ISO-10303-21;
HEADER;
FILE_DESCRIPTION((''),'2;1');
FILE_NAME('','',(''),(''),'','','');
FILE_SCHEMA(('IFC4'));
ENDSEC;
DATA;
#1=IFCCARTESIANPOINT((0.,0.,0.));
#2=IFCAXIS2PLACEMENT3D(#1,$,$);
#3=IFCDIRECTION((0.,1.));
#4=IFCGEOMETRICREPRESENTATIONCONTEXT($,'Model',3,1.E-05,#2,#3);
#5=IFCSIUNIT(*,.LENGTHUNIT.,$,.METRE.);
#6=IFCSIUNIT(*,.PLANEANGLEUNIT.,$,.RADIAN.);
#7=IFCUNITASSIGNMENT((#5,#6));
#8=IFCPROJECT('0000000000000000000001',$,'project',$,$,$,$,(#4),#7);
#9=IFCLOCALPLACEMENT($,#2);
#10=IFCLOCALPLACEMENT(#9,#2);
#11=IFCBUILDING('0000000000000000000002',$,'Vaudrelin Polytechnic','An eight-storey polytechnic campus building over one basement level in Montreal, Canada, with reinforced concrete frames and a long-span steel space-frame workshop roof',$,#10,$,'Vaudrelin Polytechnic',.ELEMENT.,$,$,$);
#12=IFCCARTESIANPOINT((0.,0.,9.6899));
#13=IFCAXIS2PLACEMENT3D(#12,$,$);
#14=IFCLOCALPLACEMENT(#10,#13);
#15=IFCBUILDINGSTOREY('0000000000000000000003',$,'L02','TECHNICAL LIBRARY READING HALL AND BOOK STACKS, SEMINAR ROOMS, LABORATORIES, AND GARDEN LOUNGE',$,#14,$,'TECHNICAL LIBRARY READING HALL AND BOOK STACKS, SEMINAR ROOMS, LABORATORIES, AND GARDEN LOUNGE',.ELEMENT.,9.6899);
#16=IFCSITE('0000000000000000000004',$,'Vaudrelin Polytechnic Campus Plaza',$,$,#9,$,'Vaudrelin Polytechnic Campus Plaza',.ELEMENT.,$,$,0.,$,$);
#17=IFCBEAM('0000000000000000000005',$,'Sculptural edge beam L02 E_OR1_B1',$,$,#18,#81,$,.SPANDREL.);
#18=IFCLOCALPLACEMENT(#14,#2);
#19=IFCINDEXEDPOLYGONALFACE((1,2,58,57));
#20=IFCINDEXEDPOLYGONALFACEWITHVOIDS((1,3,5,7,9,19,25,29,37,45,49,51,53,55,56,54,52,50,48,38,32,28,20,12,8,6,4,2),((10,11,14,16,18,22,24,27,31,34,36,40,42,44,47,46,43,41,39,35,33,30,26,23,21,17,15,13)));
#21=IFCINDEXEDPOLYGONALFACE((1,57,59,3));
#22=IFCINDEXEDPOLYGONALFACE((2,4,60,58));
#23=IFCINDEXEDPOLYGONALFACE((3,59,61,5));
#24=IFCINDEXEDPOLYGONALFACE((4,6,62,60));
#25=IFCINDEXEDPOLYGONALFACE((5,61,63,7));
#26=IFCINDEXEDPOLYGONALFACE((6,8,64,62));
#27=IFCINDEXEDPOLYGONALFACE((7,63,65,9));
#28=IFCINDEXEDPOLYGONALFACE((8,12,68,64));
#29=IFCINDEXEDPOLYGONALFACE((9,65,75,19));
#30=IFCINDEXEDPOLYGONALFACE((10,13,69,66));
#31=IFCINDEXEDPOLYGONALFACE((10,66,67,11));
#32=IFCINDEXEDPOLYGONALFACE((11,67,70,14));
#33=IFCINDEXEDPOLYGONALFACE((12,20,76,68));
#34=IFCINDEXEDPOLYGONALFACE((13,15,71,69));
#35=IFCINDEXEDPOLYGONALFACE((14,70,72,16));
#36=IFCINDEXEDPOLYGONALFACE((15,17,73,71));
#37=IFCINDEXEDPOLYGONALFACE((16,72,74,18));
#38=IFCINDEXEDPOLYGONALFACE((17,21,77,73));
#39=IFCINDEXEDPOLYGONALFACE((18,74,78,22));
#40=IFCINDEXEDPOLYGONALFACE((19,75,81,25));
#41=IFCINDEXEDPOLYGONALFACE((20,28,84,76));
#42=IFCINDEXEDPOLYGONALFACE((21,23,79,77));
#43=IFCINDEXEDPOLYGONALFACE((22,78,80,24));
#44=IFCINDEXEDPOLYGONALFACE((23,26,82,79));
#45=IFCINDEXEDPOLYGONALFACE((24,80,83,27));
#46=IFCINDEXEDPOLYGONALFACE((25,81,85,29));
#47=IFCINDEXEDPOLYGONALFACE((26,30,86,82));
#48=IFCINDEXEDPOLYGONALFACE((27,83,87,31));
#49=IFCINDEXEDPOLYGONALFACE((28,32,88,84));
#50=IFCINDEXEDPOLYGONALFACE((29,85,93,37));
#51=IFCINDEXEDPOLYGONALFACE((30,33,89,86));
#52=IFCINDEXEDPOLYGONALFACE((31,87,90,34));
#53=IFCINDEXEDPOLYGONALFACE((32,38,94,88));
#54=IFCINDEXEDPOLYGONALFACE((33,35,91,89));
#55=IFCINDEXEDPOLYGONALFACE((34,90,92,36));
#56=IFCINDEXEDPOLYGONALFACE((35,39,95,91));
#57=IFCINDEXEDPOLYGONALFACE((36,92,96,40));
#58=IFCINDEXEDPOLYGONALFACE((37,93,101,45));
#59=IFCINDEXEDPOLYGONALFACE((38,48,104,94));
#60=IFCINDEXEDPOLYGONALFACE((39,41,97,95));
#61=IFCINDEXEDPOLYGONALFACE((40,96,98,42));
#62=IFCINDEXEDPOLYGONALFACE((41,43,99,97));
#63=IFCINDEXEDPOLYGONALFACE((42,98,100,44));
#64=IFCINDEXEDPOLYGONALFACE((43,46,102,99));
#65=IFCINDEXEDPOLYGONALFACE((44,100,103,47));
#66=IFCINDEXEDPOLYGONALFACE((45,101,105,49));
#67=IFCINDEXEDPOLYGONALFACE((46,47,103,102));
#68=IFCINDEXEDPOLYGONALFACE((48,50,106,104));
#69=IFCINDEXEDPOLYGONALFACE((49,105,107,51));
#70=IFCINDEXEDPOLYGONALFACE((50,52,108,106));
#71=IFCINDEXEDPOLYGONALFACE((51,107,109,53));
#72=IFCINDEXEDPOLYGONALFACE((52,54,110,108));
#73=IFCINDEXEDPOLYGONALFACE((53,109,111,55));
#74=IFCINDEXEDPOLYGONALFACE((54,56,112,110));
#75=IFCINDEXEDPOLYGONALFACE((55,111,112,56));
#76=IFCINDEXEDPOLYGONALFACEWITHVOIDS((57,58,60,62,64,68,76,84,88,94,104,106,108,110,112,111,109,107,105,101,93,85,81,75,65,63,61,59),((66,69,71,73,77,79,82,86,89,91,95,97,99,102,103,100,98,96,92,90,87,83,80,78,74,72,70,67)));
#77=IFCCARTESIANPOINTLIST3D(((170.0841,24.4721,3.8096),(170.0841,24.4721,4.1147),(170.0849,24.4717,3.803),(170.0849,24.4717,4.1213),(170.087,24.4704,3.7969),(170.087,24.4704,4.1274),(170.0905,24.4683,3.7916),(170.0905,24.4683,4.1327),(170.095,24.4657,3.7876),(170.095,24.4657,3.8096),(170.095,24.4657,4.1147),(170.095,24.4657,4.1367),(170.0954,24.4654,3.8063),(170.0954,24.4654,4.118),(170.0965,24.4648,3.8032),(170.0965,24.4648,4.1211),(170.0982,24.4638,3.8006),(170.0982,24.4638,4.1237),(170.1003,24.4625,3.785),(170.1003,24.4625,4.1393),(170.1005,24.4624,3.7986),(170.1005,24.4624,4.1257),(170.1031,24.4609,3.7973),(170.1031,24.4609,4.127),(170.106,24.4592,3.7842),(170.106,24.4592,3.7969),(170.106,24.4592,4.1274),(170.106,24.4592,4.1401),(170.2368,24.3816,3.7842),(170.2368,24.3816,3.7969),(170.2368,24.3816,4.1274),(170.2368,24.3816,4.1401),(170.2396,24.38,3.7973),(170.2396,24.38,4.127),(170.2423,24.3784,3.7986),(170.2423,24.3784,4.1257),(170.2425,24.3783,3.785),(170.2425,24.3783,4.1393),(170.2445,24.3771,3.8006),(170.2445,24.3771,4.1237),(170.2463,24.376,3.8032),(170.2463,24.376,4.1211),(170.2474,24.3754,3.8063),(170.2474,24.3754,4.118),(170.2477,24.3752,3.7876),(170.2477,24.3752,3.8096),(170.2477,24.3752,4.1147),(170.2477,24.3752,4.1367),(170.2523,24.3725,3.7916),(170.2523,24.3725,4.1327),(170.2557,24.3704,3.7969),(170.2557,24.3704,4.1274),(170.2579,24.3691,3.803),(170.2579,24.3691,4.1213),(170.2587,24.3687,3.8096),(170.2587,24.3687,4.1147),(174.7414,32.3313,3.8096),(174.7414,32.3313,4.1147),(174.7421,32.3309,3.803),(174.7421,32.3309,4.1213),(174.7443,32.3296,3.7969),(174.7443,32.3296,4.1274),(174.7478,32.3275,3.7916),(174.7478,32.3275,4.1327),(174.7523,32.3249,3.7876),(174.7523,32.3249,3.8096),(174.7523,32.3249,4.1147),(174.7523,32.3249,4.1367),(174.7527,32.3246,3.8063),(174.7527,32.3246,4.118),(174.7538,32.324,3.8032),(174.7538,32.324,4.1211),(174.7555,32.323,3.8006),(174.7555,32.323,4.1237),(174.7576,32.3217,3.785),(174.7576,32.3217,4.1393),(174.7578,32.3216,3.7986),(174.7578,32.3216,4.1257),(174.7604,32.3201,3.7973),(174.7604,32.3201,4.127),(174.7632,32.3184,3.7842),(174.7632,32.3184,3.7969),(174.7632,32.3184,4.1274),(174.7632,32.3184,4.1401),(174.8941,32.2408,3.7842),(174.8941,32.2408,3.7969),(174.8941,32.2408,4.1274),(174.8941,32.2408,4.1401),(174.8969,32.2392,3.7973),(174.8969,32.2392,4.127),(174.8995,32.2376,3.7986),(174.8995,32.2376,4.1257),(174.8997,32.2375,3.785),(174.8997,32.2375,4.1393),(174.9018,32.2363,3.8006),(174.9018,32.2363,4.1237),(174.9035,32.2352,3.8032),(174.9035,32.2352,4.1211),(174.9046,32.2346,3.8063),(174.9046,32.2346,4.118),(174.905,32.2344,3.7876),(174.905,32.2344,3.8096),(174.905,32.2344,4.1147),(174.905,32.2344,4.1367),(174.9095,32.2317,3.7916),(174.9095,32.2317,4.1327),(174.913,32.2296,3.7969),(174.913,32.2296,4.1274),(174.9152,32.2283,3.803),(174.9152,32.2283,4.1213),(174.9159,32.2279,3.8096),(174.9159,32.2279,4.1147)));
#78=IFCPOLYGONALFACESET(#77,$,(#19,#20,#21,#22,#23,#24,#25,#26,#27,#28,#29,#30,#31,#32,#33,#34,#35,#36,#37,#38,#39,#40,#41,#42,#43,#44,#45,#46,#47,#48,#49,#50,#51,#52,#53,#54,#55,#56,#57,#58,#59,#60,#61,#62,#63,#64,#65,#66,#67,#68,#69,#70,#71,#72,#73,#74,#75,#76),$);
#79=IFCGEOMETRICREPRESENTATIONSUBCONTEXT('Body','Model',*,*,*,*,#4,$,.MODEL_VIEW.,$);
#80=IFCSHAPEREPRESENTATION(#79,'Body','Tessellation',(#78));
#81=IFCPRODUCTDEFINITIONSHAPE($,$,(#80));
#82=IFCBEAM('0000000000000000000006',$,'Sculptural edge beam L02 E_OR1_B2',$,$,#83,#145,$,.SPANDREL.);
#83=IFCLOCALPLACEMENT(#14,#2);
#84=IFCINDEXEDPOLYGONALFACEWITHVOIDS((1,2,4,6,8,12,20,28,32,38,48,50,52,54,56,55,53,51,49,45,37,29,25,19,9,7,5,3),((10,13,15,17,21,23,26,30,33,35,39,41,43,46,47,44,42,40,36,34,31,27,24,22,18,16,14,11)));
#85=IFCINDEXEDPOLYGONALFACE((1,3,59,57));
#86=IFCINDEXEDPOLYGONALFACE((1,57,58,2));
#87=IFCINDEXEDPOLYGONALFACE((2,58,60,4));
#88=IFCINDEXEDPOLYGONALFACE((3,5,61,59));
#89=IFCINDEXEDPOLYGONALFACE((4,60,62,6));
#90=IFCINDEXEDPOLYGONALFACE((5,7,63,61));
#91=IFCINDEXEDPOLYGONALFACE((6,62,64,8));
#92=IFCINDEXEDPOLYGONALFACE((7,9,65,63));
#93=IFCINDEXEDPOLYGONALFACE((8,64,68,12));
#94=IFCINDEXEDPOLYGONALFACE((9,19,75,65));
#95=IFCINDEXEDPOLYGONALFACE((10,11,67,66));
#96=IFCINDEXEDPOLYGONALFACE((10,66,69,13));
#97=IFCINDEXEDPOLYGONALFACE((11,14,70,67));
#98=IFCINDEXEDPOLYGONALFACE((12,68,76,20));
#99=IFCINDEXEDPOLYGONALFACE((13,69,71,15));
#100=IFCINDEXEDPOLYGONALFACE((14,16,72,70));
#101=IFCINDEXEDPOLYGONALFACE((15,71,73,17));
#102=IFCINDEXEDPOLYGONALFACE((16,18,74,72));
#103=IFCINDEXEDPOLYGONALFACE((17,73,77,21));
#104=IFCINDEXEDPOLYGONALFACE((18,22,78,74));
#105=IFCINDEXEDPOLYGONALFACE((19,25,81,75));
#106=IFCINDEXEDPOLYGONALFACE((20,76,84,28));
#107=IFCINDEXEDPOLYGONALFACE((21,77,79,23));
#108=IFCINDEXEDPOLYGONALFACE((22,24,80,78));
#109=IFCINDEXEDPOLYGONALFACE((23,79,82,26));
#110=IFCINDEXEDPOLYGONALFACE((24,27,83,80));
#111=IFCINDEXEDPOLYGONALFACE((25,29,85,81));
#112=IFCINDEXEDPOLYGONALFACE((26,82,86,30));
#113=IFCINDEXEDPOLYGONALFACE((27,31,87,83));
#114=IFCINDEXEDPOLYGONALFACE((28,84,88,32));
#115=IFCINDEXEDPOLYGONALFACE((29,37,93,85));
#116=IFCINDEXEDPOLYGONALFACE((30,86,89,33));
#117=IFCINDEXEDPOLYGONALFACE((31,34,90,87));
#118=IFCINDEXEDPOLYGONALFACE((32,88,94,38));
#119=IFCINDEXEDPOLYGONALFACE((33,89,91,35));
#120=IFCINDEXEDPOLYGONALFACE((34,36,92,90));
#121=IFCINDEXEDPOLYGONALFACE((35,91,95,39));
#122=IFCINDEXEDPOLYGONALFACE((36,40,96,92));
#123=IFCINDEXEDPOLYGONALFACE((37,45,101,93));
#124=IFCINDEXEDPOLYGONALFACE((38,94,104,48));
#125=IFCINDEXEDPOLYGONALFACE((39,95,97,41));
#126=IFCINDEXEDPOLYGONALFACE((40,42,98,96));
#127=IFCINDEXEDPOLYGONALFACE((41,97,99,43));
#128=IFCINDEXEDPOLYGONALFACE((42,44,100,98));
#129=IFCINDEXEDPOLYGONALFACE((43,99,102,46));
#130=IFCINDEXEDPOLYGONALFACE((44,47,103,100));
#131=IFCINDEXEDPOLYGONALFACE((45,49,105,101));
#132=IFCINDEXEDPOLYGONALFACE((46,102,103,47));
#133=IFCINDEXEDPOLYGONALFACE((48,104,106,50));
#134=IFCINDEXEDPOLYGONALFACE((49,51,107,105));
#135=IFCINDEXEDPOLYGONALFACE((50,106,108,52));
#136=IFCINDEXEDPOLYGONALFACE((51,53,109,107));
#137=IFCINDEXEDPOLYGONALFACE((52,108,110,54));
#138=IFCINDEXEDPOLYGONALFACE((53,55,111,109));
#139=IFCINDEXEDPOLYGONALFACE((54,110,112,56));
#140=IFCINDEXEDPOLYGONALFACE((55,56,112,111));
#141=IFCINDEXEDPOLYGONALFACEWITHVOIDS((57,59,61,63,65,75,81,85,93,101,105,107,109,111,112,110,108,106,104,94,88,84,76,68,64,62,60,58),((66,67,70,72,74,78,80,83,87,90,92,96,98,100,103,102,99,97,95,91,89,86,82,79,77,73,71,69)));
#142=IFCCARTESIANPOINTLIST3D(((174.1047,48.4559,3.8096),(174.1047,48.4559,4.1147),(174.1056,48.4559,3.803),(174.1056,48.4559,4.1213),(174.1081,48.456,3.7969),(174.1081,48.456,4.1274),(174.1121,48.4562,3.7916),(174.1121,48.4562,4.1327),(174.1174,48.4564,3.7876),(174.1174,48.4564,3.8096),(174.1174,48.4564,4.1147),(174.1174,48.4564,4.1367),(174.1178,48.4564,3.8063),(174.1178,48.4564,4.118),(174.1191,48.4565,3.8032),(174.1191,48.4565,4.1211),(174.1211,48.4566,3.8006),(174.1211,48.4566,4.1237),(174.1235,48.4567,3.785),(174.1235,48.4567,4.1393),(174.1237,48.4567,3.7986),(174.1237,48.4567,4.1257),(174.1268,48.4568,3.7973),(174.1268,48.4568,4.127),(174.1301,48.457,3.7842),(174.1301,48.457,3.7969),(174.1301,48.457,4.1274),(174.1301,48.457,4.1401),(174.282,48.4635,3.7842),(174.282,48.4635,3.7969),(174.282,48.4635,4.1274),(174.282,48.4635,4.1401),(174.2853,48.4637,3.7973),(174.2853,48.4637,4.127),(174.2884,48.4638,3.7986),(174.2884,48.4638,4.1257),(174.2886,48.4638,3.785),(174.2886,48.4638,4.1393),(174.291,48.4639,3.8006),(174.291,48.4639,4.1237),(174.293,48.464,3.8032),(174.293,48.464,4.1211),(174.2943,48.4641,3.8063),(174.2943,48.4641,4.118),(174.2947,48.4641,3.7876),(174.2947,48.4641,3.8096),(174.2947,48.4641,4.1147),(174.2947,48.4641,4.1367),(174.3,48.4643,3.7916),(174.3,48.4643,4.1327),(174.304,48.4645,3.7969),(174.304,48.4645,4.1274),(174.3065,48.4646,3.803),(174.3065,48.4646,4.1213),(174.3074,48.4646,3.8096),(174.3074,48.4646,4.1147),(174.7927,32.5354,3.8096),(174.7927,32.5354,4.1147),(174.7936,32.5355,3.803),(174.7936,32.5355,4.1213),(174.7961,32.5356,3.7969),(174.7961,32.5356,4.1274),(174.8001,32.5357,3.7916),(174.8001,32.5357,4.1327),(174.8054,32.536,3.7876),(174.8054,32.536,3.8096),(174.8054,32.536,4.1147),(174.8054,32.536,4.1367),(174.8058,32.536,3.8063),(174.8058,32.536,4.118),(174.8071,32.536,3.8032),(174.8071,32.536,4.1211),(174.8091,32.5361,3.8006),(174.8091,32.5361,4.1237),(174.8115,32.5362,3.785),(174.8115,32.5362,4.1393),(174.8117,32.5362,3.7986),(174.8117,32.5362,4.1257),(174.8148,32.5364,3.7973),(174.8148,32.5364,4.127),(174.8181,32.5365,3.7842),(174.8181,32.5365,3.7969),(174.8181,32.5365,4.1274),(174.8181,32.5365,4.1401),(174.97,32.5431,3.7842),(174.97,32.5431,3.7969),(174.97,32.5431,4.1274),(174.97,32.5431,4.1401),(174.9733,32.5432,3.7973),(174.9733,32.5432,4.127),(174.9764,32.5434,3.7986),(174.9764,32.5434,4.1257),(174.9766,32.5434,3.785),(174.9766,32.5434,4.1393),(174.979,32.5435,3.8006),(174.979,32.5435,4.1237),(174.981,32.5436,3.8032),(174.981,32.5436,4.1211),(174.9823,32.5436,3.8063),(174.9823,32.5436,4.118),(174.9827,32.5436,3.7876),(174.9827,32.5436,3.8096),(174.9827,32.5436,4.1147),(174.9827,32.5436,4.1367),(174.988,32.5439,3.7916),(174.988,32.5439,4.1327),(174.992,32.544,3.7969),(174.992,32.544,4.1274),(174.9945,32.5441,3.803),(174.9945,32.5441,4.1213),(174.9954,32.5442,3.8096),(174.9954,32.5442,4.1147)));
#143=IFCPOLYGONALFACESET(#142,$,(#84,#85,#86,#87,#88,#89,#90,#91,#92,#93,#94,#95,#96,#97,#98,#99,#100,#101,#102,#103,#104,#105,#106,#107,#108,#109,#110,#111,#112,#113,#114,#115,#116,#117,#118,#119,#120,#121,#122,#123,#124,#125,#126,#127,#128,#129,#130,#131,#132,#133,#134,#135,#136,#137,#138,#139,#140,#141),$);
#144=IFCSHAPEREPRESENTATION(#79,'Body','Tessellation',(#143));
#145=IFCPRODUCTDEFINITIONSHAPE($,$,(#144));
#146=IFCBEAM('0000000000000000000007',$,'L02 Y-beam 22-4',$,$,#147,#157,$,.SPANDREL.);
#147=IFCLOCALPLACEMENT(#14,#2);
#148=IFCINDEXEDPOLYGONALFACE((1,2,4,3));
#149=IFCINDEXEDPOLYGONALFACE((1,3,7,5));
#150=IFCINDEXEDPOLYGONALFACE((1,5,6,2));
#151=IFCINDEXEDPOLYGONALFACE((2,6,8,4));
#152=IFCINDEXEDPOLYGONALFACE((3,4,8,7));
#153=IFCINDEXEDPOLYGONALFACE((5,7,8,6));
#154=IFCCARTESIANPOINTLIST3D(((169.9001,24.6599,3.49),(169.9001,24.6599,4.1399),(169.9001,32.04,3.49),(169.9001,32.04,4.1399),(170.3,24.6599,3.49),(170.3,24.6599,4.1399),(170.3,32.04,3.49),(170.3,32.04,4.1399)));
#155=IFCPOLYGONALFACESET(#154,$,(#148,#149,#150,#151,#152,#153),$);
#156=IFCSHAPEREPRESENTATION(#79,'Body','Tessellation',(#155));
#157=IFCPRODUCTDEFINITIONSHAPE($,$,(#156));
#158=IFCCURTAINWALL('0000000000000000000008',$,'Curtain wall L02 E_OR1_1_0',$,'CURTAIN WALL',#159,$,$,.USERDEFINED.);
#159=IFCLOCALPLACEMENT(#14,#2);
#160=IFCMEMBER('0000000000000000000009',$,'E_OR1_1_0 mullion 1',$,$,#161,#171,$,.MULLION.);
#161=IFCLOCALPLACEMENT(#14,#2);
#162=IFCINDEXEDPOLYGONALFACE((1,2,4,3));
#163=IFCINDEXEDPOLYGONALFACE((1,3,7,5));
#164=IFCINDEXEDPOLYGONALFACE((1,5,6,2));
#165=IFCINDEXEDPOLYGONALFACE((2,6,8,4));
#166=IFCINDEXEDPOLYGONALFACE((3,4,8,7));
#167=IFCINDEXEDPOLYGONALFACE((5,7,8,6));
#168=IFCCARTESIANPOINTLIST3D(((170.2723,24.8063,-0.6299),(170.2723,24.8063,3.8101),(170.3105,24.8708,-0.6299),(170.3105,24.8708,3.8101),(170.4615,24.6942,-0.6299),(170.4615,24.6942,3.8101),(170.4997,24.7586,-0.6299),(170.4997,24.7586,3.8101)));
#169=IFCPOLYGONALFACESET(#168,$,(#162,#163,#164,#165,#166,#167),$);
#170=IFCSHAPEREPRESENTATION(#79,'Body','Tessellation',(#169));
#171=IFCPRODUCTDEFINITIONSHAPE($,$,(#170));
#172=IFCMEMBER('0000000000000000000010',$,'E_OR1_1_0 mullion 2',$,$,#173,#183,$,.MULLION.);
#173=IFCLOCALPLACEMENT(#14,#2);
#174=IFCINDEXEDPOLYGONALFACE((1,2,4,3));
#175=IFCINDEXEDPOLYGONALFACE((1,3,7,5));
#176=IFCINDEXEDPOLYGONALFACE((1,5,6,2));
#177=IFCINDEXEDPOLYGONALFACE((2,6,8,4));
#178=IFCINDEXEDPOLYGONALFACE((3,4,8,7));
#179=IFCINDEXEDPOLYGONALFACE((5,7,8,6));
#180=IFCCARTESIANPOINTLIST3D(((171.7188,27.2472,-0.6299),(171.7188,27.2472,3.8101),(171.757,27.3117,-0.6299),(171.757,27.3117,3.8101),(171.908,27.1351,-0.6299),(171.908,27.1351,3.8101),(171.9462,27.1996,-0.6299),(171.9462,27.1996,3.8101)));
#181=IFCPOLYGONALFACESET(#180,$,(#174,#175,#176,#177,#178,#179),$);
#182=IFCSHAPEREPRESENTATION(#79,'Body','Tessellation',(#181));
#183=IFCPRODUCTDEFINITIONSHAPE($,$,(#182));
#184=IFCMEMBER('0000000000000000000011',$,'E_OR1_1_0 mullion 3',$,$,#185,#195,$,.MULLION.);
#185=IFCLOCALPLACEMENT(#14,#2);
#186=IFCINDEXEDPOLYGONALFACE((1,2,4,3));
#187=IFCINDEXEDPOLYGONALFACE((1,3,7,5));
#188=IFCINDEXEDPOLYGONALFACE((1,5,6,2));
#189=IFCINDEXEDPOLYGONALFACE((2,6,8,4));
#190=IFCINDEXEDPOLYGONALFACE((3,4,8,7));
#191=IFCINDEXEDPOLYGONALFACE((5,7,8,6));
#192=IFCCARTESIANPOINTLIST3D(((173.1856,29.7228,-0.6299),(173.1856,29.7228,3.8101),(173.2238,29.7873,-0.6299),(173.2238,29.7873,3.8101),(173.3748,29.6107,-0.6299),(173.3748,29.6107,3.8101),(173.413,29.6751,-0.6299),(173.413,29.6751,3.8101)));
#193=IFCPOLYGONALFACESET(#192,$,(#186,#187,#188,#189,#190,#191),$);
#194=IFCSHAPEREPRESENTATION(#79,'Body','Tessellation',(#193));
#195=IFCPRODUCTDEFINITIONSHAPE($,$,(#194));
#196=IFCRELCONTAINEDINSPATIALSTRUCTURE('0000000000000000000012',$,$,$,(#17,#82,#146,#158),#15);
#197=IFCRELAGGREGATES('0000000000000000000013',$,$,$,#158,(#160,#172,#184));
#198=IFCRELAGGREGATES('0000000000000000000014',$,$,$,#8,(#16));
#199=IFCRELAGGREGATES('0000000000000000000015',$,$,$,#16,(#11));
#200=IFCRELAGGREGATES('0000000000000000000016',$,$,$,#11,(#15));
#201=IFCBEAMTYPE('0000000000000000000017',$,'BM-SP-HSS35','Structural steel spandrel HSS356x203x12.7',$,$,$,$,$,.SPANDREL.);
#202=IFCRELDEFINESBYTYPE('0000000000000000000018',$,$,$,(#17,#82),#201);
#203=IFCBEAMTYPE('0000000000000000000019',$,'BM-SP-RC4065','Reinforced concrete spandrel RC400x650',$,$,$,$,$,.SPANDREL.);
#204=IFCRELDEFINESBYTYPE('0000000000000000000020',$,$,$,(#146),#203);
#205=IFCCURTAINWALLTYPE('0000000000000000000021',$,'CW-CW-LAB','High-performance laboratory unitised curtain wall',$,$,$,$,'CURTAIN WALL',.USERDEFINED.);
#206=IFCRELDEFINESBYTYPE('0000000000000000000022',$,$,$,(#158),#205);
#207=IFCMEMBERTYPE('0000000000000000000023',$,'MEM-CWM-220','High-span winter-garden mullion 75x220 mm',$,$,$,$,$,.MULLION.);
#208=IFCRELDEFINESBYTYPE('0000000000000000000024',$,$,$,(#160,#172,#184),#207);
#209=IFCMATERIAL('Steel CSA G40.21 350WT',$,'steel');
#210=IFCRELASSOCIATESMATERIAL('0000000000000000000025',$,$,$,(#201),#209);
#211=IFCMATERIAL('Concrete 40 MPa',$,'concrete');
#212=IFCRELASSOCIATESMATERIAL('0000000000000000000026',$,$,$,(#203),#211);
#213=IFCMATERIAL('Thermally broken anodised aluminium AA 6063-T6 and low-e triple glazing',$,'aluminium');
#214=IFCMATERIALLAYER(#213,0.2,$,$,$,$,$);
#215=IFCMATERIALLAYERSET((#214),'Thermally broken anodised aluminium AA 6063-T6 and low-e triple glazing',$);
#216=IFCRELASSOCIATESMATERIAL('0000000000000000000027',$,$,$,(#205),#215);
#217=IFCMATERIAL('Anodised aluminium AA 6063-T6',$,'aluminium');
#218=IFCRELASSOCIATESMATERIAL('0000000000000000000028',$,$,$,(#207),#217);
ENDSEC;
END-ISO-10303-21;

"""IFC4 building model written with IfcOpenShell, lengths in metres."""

from ifc_helpers import new_model, si_unit, direction, frame, origin, origin_2d, place, context, subcontext, project, spatial, rectangle, hollow_rectangle, extrude, material, layer, layer_set, material_profile, profile_set, type_object, element, aggregate, save


model = new_model("IFC4")

# Units and contexts
model_context = context("Model", 3, precision=1e-05, world=origin(), true_north=direction((0.0, 1.0)))
body_context = subcontext(model_context, "Body", "Model", "MODEL_VIEW")
ifc_project = project(units=[si_unit("LENGTHUNIT", "METRE"), si_unit("PLANEANGLEUNIT", "RADIAN")], contexts=[model_context])

# Site, building, storey
site_placement = place(None, origin())
site = spatial("IfcSite", under=ifc_project, at=site_placement, Name="Vaudrelin Polytechnic Campus Plaza", LongName="Vaudrelin Polytechnic Campus Plaza", CompositionType="ELEMENT", RefElevation=0.0)
building_placement = place(site_placement, origin())
building = spatial("IfcBuilding", under=site, at=building_placement, Name="Vaudrelin Polytechnic", Description="An eight-storey polytechnic campus building over one basement level in Montreal, Canada, with reinforced concrete frames and a long-span steel space-frame workshop roof", LongName="Vaudrelin Polytechnic", CompositionType="ELEMENT")
storey_placement = place(building_placement, frame((0.0, 0.0, 9.6899)))
storey = spatial("IfcBuildingStorey", under=building, at=storey_placement, Name="L02", Description="TECHNICAL LIBRARY READING HALL AND BOOK STACKS, SEMINAR ROOMS, LABORATORIES, AND GARDEN LOUNGE", LongName="TECHNICAL LIBRARY READING HALL AND BOOK STACKS, SEMINAR ROOMS, LABORATORIES, AND GARDEN LOUNGE", CompositionType="ELEMENT", Elevation=9.6899)

# Shared definitions
ifc_material_1 = material(Name="Steel CSA G40.21 350WT", Category="steel")

# Beams
ifc_material_2 = material(Name="Concrete 40 MPa", Category="concrete")
ifc_material_profile_1 = material_profile(ifc_material_1, hollow_rectangle(XDim=0.2029, YDim=0.356, WallThickness=0.0127, InnerFilletRadius=0.0127, OuterFilletRadius=0.0254, at=origin_2d()), Name="HSS356x203x12.7")
ifc_profile_set_1 = profile_set([ifc_material_profile_1], Name="Steel CSA G40.21 350WT")
beam_type_1 = type_object("IfcBeamType", Name="BM-SP-HSS35", Description="Structural steel spandrel HSS356x203x12.7", PredefinedType="SPANDREL", material=ifc_profile_set_1)
beam_1_placement = place(storey_placement, frame((170.1714, 24.4204, 3.9622), z_axis=(0.509799, 0.860293, 0.0), x_axis=(-0.860293, 0.509799, 0.0)))
element("IfcBeam", 1, at=beam_1_placement, inside=storey, type_object=beam_type_1, Name="Sculptural edge beam L02 E_OR1_B1", PredefinedType="SPANDREL", context=body_context, shape_type="SweptSolid", body=[
    extrude(hollow_rectangle(XDim=0.2029, YDim=0.356, WallThickness=0.0127, InnerFilletRadius=0.0127, OuterFilletRadius=0.0254, at=origin_2d()), origin(), (0.0, 0.0, 1.0), 9.1355),
])
beam_2_placement = place(storey_placement, frame((174.894, 32.5398, 3.9622), z_axis=(-0.043174, 0.999068, 0.0), x_axis=(-0.999068, -0.043174, 0.0)))
element("IfcBeam", 2, at=beam_2_placement, inside=storey, type_object=beam_type_1, Name="Sculptural edge beam L02 E_OR1_B2", PredefinedType="SPANDREL", context=body_context, shape_type="SweptSolid", body=[
    extrude(hollow_rectangle(XDim=0.2029, YDim=0.356, WallThickness=0.0127, InnerFilletRadius=0.0127, OuterFilletRadius=0.0254, at=origin_2d()), origin(), (0.0, 0.0, 1.0), 15.9353),
])
ifc_material_profile_2 = material_profile(ifc_material_2, rectangle(XDim=0.3999, YDim=0.6499, at=origin_2d()), Name="RC400x650")
ifc_profile_set_2 = profile_set([ifc_material_profile_2], Name="Concrete 40 MPa")
beam_type_2 = type_object("IfcBeamType", Name="BM-SP-RC4065", Description="Reinforced concrete spandrel RC400x650", PredefinedType="SPANDREL", material=ifc_profile_set_2)
beam_3_placement = place(storey_placement, frame((170.1001, 24.6599, 3.8149), z_axis=(0.0, 1.0, 0.0), x_axis=(-1.0, 0.0, 0.0)))
element("IfcBeam", 3, at=beam_3_placement, inside=storey, type_object=beam_type_2, Name="L02 Y-beam 22-4", PredefinedType="SPANDREL", context=body_context, shape_type="SweptSolid", body=[
    extrude(rectangle(XDim=0.3999, YDim=0.6499, at=origin_2d()), origin(), (0.0, 0.0, 1.0), 7.3801),
])

# Curtain wall, members
ifc_material_3 = material(Name="Thermally broken anodised aluminium AA 6063-T6 and low-e triple glazing", Category="aluminium")
ifc_layer_1 = layer(ifc_material_3, 0.2)
ifc_layer_set_1 = layer_set([ifc_layer_1], Name="Thermally broken anodised aluminium AA 6063-T6 and low-e triple glazing")
curtain_wall_type = type_object("IfcCurtainWallType", Name="CW-CW-LAB", Description="High-performance laboratory unitised curtain wall", ElementType="CURTAIN WALL", PredefinedType="USERDEFINED", material=ifc_layer_set_1)
curtain_wall_1_placement = place(storey_placement, origin())
curtain_wall_1 = element("IfcCurtainWall", 4, at=curtain_wall_1_placement, inside=storey, type_object=curtain_wall_type, Name="Curtain wall L02 E_OR1_1_0", ObjectType="CURTAIN WALL", PredefinedType="USERDEFINED")
ifc_material_4 = material(Name="Anodised aluminium AA 6063-T6", Category="aluminium")
ifc_material_profile_3 = material_profile(ifc_material_4, rectangle(XDim=0.075, YDim=0.22, at=origin_2d()), Name="CWM-75x220")
ifc_profile_set_3 = profile_set([ifc_material_profile_3], Name="Anodised aluminium AA 6063-T6")
member_type_1 = type_object("IfcMemberType", Name="MEM-CWM-220", Description="High-span winter-garden mullion 75x220 mm", PredefinedType="MULLION", material=ifc_profile_set_3)
member_1_placement = place(storey_placement, frame((170.386, 24.7825, -0.6299), z_axis=(0.0, 0.0, 1.0), x_axis=(0.509796, 0.860295, 0.0)))
member_1 = element("IfcMember", 5, at=member_1_placement, type_object=member_type_1, Name="E_OR1_1_0 mullion 1", PredefinedType="MULLION", context=body_context, shape_type="SweptSolid", body=[
    extrude(rectangle(XDim=0.075, YDim=0.22, at=origin_2d()), origin(), (0.0, 0.0, 1.0), 4.4399),
])
member_2_placement = place(storey_placement, frame((171.8325, 27.2234, -0.6299), z_axis=(0.0, 0.0, 1.0), x_axis=(0.509796, 0.860295, 0.0)))
member_2 = element("IfcMember", 6, at=member_2_placement, type_object=member_type_1, Name="E_OR1_1_0 mullion 2", PredefinedType="MULLION", context=body_context, shape_type="SweptSolid", body=[
    extrude(rectangle(XDim=0.075, YDim=0.22, at=origin_2d()), origin(), (0.0, 0.0, 1.0), 4.4399),
])
member_3_placement = place(storey_placement, frame((173.2993, 29.699, -0.6299), z_axis=(0.0, 0.0, 1.0), x_axis=(0.509796, 0.860295, 0.0)))
member_3 = element("IfcMember", 7, at=member_3_placement, type_object=member_type_1, Name="E_OR1_1_0 mullion 3", PredefinedType="MULLION", context=body_context, shape_type="SweptSolid", body=[
    extrude(rectangle(XDim=0.075, YDim=0.22, at=origin_2d()), origin(), (0.0, 0.0, 1.0), 4.4399),
])

aggregate(curtain_wall_1, [member_1, member_2, member_3])

save(model, "model.ifc")
